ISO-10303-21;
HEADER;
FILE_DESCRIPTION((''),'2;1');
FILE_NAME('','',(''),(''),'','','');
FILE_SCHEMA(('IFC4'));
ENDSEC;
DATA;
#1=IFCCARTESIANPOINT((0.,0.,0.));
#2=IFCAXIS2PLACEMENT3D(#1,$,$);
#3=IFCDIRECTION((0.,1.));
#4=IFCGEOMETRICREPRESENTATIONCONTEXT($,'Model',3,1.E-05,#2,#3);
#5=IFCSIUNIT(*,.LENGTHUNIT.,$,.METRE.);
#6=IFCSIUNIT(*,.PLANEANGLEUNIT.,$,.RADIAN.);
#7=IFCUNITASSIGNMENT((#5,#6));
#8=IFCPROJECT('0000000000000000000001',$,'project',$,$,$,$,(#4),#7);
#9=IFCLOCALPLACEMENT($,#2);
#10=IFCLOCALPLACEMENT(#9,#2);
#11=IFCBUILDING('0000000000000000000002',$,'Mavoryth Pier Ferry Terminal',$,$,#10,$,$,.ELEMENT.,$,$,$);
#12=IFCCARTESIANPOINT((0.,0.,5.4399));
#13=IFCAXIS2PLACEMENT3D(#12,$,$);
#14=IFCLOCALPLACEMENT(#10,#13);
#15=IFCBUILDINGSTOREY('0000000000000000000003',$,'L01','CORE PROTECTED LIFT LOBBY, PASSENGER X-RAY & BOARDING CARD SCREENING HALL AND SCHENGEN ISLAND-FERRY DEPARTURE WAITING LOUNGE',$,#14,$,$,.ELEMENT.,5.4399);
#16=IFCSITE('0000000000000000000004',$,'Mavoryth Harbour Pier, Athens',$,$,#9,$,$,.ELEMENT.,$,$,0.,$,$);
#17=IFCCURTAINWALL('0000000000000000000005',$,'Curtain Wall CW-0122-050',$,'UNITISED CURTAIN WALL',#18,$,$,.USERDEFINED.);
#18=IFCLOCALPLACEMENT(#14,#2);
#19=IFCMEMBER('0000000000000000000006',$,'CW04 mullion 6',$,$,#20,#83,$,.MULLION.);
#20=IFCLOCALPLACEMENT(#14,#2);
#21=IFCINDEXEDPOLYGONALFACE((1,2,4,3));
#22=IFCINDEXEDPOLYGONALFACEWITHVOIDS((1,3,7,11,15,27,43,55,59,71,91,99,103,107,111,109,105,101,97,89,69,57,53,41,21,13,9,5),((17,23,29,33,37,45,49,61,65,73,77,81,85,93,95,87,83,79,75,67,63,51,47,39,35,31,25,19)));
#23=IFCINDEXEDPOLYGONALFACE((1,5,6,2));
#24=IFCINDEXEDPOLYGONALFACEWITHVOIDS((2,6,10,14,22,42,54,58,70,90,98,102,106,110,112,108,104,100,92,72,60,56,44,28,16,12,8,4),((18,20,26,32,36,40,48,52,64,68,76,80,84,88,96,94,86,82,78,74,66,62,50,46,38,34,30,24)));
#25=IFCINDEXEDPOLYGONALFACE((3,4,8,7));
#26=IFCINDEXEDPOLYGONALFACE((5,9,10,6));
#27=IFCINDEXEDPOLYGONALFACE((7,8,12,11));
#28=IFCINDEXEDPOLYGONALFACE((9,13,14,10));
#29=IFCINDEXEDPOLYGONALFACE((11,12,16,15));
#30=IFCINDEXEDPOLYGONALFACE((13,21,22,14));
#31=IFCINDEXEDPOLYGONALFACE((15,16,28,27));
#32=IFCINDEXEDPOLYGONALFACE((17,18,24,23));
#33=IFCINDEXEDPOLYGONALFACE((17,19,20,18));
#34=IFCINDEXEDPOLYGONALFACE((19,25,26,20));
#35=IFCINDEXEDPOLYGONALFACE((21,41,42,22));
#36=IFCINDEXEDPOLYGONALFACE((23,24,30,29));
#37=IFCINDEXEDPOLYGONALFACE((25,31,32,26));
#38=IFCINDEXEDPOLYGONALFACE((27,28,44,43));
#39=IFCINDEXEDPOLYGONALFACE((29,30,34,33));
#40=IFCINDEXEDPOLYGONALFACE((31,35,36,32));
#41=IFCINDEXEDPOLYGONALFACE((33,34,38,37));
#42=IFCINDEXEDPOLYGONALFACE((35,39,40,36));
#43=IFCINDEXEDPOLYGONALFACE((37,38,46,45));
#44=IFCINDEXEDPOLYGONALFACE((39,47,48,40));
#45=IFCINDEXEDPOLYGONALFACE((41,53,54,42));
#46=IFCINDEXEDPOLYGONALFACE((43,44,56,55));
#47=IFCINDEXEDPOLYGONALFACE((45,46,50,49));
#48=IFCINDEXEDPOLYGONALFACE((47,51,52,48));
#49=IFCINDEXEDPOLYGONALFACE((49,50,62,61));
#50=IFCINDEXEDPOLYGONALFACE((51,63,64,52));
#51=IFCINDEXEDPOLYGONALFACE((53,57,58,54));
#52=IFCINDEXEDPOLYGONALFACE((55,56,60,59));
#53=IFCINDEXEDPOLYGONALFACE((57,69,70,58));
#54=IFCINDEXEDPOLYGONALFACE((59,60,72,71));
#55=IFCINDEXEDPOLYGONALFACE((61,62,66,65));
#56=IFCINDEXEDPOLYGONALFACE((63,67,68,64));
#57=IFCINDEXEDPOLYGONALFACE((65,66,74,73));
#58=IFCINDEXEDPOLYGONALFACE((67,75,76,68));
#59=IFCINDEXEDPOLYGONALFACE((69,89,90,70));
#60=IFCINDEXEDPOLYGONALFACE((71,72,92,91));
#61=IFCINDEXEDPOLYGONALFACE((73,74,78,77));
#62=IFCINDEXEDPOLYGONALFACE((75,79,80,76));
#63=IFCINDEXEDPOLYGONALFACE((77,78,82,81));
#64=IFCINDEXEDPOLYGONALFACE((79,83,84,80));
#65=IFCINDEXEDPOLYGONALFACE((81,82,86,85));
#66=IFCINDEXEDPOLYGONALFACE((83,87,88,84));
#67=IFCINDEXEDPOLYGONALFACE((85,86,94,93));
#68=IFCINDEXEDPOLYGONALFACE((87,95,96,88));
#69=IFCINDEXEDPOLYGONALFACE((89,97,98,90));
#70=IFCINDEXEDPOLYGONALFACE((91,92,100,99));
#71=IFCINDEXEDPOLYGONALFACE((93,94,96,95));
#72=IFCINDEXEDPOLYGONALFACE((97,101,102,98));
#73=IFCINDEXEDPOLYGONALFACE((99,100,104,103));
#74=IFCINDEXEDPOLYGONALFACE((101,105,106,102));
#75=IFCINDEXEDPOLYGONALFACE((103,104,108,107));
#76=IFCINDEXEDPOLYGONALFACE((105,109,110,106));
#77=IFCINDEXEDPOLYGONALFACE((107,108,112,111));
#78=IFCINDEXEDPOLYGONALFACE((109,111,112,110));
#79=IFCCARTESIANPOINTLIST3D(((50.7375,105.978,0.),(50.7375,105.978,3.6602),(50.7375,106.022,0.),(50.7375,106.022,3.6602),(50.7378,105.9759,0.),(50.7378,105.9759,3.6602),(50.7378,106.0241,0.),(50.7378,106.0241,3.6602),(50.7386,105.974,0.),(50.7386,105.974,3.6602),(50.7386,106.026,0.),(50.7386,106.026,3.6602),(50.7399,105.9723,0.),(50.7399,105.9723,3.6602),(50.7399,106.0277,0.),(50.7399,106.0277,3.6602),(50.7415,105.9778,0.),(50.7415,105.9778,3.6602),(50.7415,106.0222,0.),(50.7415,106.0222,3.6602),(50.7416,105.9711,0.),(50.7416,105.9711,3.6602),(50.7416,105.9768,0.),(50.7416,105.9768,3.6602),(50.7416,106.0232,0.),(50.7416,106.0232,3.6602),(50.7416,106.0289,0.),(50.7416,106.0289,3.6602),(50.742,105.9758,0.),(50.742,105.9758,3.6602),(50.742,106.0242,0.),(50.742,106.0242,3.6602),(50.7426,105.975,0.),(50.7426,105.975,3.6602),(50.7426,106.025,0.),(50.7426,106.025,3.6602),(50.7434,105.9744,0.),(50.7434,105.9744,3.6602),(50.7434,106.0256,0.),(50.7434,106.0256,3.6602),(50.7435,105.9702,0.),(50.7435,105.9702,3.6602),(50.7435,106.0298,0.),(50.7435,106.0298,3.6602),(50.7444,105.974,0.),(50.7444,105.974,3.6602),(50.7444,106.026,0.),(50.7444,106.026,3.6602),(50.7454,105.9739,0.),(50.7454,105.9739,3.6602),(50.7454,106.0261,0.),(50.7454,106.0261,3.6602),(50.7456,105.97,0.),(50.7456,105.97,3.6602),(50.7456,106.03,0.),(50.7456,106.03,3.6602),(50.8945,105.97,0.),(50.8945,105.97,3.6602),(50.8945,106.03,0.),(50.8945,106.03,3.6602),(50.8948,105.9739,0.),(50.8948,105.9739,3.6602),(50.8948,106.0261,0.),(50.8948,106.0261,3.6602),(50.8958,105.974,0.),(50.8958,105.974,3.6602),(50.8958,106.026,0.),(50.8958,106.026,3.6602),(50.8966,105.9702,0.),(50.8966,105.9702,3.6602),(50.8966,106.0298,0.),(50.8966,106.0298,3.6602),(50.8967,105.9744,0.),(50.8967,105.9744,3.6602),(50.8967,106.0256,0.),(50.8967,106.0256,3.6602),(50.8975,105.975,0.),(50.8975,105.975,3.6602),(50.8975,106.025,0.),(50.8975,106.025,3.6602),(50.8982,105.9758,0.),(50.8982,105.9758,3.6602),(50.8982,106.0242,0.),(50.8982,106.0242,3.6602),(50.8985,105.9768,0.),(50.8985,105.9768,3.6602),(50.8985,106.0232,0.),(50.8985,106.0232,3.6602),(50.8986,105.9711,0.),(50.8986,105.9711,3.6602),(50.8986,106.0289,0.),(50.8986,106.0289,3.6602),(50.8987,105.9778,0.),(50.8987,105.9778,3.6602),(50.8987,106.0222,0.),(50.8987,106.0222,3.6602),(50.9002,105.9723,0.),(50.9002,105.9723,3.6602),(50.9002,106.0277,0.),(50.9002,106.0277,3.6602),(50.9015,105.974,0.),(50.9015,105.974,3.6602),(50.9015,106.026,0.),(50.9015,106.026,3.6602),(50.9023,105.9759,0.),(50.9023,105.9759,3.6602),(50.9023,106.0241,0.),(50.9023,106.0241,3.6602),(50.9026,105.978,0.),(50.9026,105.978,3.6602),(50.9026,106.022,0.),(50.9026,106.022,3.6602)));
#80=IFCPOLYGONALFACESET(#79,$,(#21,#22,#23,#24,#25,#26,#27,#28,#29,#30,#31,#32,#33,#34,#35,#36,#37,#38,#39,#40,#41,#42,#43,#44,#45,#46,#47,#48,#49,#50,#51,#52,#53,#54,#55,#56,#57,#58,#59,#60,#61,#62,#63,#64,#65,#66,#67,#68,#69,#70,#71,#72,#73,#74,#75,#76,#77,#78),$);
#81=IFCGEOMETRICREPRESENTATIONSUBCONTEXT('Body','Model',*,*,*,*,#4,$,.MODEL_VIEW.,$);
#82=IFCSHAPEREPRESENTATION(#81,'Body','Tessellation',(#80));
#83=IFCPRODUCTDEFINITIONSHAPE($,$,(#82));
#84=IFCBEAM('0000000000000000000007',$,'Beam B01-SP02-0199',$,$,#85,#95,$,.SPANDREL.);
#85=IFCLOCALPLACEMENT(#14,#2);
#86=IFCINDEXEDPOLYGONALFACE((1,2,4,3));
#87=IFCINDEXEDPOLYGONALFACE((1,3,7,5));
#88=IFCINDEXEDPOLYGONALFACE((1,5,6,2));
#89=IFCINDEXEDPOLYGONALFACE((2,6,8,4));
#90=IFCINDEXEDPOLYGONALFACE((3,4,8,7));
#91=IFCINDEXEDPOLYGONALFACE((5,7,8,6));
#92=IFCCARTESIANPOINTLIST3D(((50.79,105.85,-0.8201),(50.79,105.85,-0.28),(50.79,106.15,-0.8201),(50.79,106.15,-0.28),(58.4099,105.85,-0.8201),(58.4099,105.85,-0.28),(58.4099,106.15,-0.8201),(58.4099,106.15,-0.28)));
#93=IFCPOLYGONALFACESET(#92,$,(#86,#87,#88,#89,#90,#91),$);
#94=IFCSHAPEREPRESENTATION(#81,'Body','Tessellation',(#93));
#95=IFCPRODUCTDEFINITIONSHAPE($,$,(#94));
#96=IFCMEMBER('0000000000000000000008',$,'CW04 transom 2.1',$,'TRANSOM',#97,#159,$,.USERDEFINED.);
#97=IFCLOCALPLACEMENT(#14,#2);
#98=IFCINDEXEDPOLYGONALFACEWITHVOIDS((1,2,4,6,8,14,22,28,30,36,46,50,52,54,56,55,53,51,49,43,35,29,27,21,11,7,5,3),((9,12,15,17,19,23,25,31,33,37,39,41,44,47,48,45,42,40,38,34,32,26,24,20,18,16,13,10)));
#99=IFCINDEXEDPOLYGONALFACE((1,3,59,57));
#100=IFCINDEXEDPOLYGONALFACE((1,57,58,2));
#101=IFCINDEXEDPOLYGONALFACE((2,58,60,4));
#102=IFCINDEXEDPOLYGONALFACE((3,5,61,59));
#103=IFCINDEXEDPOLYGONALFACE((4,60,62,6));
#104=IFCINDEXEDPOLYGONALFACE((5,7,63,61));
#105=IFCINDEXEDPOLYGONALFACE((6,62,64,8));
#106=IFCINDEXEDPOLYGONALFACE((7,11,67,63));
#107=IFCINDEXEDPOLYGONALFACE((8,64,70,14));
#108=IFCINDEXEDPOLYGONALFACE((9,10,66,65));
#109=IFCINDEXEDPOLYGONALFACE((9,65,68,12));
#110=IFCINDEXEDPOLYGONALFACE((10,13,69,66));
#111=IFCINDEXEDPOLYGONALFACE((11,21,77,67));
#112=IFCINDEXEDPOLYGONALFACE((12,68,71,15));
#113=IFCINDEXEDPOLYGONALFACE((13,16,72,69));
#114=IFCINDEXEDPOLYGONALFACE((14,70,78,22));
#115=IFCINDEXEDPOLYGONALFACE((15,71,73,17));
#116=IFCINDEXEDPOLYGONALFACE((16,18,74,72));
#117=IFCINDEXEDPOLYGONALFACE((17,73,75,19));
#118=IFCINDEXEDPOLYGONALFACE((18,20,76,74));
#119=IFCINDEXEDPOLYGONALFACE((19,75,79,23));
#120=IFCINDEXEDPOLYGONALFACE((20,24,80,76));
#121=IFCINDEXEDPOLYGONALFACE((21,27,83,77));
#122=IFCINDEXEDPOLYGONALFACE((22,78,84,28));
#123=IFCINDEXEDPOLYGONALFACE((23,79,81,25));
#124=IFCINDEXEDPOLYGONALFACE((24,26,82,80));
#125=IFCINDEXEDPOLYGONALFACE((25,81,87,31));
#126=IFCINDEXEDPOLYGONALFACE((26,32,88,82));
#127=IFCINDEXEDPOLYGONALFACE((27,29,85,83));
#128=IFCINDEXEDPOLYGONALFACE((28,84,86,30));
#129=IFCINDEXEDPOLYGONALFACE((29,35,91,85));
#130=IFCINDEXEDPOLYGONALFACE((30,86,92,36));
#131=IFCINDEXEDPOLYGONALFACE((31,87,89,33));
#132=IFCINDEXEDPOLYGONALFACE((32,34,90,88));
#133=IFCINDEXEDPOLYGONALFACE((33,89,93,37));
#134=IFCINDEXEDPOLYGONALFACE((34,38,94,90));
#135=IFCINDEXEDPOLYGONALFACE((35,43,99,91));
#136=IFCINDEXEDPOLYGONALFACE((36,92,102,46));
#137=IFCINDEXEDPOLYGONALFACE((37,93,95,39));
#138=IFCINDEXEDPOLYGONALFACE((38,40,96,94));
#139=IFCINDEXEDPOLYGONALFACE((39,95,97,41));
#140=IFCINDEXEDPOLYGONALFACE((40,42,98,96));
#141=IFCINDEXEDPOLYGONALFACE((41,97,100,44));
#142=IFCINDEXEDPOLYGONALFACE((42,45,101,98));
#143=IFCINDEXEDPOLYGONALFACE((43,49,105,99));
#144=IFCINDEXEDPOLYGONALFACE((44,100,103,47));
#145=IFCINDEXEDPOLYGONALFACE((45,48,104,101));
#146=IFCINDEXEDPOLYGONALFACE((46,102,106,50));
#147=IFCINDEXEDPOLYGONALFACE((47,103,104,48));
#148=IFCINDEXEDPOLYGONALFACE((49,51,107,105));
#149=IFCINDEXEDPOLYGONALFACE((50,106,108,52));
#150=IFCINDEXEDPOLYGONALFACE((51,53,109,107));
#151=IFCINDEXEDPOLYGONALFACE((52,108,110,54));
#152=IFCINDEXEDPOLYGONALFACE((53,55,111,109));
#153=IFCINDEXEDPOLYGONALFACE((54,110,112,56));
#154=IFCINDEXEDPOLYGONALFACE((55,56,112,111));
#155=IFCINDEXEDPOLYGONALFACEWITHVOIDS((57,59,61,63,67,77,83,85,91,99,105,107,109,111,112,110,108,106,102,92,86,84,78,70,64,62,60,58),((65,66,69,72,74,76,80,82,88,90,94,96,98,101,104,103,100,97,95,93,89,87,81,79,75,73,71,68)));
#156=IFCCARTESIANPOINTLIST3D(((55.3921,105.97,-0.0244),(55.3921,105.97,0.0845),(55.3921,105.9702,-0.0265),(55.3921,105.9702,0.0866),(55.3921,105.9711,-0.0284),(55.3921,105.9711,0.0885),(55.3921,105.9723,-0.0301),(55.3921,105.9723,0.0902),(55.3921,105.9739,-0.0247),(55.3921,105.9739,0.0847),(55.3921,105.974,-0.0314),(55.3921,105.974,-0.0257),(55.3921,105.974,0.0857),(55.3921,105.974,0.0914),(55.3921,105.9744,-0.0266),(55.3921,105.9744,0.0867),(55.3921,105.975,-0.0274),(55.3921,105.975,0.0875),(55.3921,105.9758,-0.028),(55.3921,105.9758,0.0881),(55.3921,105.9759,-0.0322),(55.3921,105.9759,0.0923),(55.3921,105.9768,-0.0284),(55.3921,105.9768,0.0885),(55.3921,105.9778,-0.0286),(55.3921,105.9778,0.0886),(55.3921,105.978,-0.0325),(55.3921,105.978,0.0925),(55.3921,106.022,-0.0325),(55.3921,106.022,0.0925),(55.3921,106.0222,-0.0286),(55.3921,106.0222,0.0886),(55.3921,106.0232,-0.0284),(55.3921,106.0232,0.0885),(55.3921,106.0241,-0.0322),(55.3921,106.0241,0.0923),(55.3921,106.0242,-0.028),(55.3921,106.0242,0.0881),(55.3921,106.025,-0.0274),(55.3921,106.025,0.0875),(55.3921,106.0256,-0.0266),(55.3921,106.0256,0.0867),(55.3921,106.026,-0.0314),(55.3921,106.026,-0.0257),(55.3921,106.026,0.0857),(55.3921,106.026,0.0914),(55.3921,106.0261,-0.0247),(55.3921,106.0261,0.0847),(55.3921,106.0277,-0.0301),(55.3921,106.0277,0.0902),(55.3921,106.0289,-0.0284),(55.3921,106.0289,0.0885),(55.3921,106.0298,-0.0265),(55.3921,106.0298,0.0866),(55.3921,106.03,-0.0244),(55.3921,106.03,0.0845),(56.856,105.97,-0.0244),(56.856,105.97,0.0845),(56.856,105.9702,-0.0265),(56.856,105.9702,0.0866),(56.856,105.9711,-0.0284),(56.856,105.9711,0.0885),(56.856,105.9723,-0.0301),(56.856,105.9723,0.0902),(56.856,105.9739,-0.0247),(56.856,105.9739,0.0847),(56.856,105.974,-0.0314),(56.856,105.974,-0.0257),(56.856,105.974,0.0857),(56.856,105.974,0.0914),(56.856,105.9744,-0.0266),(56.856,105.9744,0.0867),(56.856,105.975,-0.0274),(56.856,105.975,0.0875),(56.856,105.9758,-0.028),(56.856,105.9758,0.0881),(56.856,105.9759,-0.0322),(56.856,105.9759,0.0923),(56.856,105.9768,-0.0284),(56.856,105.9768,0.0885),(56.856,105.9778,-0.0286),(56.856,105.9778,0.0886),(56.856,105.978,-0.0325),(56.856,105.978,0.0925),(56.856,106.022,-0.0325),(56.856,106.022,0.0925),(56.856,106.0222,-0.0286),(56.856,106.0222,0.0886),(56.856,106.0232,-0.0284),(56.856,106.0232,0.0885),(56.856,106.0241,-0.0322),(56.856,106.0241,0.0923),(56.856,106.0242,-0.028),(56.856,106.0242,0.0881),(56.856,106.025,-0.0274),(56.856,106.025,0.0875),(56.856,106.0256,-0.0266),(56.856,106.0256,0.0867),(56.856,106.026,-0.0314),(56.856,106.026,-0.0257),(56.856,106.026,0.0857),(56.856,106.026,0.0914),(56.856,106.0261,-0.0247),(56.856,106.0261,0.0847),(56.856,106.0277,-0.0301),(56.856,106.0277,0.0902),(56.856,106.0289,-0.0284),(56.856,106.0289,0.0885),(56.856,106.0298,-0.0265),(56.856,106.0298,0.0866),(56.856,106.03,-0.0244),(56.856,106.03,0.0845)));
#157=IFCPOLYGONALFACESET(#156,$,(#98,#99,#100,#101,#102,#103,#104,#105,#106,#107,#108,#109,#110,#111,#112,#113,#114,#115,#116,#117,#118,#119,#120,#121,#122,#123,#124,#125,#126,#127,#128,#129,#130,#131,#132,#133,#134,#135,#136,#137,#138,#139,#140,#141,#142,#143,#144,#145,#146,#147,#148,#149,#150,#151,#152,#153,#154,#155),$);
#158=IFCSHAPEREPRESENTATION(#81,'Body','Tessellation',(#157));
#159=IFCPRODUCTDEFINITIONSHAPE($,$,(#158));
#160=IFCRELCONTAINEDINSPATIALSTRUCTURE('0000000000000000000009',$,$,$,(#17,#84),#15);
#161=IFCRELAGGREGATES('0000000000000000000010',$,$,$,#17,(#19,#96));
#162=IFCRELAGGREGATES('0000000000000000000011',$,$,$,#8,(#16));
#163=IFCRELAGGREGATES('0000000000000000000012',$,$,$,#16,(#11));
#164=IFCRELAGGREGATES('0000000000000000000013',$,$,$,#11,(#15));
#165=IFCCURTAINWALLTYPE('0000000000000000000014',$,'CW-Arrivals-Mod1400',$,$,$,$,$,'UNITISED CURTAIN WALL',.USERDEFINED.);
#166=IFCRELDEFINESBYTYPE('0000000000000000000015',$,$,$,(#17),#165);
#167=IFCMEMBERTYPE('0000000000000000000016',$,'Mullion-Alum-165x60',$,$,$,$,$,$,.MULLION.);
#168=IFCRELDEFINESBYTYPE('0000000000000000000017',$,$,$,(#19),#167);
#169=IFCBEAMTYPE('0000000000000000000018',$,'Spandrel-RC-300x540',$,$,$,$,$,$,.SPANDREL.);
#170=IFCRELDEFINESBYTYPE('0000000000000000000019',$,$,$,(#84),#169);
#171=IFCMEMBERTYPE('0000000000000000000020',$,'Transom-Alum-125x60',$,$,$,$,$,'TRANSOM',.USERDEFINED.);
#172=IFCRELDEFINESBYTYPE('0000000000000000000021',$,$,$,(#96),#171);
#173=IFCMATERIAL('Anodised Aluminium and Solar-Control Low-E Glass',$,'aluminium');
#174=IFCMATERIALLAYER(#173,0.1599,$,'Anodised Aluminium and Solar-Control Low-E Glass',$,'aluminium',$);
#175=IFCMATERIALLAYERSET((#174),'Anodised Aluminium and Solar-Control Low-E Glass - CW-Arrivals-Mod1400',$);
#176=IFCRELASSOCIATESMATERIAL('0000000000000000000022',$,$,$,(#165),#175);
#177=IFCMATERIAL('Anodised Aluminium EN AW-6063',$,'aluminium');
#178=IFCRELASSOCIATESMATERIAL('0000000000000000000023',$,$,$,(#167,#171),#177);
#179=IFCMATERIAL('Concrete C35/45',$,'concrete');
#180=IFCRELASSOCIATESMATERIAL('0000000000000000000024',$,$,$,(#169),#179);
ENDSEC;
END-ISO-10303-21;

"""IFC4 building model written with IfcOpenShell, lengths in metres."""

from ifc_helpers import new_model, si_unit, direction, frame, origin, origin_2d, place, context, subcontext, project, spatial, rectangle, hollow_rectangle, extrude, material, layer, layer_set, material_profile, profile_set, type_object, element, aggregate, save


model = new_model("IFC4")

# Units and contexts
model_context = context("Model", 3, precision=1e-05, world=origin(), true_north=direction((0.0, 1.0)))
body_context = subcontext(model_context, "Body", "Model", "MODEL_VIEW")
ifc_project = project(units=[si_unit("LENGTHUNIT", "METRE"), si_unit("PLANEANGLEUNIT", "RADIAN")], contexts=[model_context])

# Site, building, storey
site_placement = place(None, origin())
site = spatial("IfcSite", under=ifc_project, at=site_placement, Name="Mavoryth Harbour Pier, Athens", CompositionType="ELEMENT", RefElevation=0.0)
building_placement = place(site_placement, origin())
building = spatial("IfcBuilding", under=site, at=building_placement, Name="Mavoryth Pier Ferry Terminal", CompositionType="ELEMENT")
storey_placement = place(building_placement, frame((0.0, 0.0, 5.4399)))
storey = spatial("IfcBuildingStorey", under=building, at=storey_placement, Name="L01", Description="CORE PROTECTED LIFT LOBBY, PASSENGER X-RAY & BOARDING CARD SCREENING HALL AND SCHENGEN ISLAND-FERRY DEPARTURE WAITING LOUNGE", CompositionType="ELEMENT", Elevation=5.4399)

# Shared definitions
ifc_material_1 = material(Name="Concrete C35/45", Category="concrete")

# Curtain wall, member
ifc_material_2 = material(Name="Anodised Aluminium and Solar-Control Low-E Glass", Category="aluminium")
ifc_layer_1 = layer(ifc_material_2, 0.1599, Name="Anodised Aluminium and Solar-Control Low-E Glass", Category="aluminium")
ifc_layer_set_1 = layer_set([ifc_layer_1], Name="Anodised Aluminium and Solar-Control Low-E Glass - CW-Arrivals-Mod1400")
curtain_wall_type = type_object("IfcCurtainWallType", Name="CW-Arrivals-Mod1400", ElementType="UNITISED CURTAIN WALL", PredefinedType="USERDEFINED", material=ifc_layer_set_1)
curtain_wall_placement = place(storey_placement, origin())
curtain_wall = element("IfcCurtainWall", 1, at=curtain_wall_placement, inside=storey, type_object=curtain_wall_type, Name="Curtain Wall CW-0122-050", ObjectType="UNITISED CURTAIN WALL", PredefinedType="USERDEFINED")
ifc_material_3 = material(Name="Anodised Aluminium EN AW-6063", Category="aluminium")
ifc_material_profile_1 = material_profile(ifc_material_3, hollow_rectangle(XDim=0.0601, YDim=0.165, WallThickness=0.0039, InnerFilletRadius=0.0039, OuterFilletRadius=0.0081, at=origin_2d()), Name="AL-MULL 165x60x4", Category="aluminium")
ifc_profile_set_1 = profile_set([ifc_material_profile_1], Name="Anodised Aluminium EN AW-6063 - AL-MULL 165x60x4")
member_type_1 = type_object("IfcMemberType", Name="Mullion-Alum-165x60", PredefinedType="MULLION", material=ifc_profile_set_1)
member_1_placement = place(storey_placement, frame((50.8201, 106.0, 0.0), z_axis=(0.0, 0.0, 1.0), x_axis=(0.0, -1.0, 0.0)))
member_1 = element("IfcMember", 2, at=member_1_placement, type_object=member_type_1, Name="CW04 mullion 6", PredefinedType="MULLION", context=body_context, shape_type="SweptSolid", body=[
    extrude(hollow_rectangle(XDim=0.0601, YDim=0.165, WallThickness=0.0039, InnerFilletRadius=0.0039, OuterFilletRadius=0.0081, at=origin_2d()), origin(), (0.0, 0.0, 1.0), 3.6602),
])

# Beam
ifc_material_profile_2 = material_profile(ifc_material_1, rectangle(XDim=0.3, YDim=0.54, at=origin_2d()), Name="RC 300x540", Category="concrete")
ifc_profile_set_2 = profile_set([ifc_material_profile_2], Name="Concrete C35/45 - RC 300x540")
beam_type_1 = type_object("IfcBeamType", Name="Spandrel-RC-300x540", PredefinedType="SPANDREL", material=ifc_profile_set_2)
beam_1_placement = place(storey_placement, frame((50.79, 106.0, -0.55), z_axis=(1.0, 0.0, 0.0), x_axis=(0.0, 1.0, 0.0)))
element("IfcBeam", 3, at=beam_1_placement, inside=storey, type_object=beam_type_1, Name="Beam B01-SP02-0199", PredefinedType="SPANDREL", context=body_context, shape_type="SweptSolid", body=[
    extrude(rectangle(XDim=0.3, YDim=0.54, at=origin_2d()), origin(), (0.0, 0.0, 1.0), 7.6199),
])

# Member
ifc_material_profile_3 = material_profile(ifc_material_3, hollow_rectangle(XDim=0.0601, YDim=0.125, WallThickness=0.0039, InnerFilletRadius=0.0039, OuterFilletRadius=0.0081, at=origin_2d()), Name="AL-TRAN 125x60x4", Category="aluminium")
ifc_profile_set_3 = profile_set([ifc_material_profile_3], Name="Anodised Aluminium EN AW-6063 - AL-TRAN 125x60x4")
member_type_2 = type_object("IfcMemberType", Name="Transom-Alum-125x60", ElementType="TRANSOM", PredefinedType="USERDEFINED", material=ifc_profile_set_3)
member_2_placement = place(storey_placement, frame((56.856, 106.0, 0.03), z_axis=(-1.0, 0.0, 0.0), x_axis=(0.0, -1.0, 0.0)))
member_2 = element("IfcMember", 4, at=member_2_placement, type_object=member_type_2, Name="CW04 transom 2.1", ObjectType="TRANSOM", PredefinedType="USERDEFINED", context=body_context, shape_type="SweptSolid", body=[
    extrude(hollow_rectangle(XDim=0.0601, YDim=0.125, WallThickness=0.0039, InnerFilletRadius=0.0039, OuterFilletRadius=0.0081, at=origin_2d()), origin(), (0.0, 0.0, 1.0), 1.4639),
])

aggregate(curtain_wall, [member_1, member_2])

save(model, "model.ifc")
